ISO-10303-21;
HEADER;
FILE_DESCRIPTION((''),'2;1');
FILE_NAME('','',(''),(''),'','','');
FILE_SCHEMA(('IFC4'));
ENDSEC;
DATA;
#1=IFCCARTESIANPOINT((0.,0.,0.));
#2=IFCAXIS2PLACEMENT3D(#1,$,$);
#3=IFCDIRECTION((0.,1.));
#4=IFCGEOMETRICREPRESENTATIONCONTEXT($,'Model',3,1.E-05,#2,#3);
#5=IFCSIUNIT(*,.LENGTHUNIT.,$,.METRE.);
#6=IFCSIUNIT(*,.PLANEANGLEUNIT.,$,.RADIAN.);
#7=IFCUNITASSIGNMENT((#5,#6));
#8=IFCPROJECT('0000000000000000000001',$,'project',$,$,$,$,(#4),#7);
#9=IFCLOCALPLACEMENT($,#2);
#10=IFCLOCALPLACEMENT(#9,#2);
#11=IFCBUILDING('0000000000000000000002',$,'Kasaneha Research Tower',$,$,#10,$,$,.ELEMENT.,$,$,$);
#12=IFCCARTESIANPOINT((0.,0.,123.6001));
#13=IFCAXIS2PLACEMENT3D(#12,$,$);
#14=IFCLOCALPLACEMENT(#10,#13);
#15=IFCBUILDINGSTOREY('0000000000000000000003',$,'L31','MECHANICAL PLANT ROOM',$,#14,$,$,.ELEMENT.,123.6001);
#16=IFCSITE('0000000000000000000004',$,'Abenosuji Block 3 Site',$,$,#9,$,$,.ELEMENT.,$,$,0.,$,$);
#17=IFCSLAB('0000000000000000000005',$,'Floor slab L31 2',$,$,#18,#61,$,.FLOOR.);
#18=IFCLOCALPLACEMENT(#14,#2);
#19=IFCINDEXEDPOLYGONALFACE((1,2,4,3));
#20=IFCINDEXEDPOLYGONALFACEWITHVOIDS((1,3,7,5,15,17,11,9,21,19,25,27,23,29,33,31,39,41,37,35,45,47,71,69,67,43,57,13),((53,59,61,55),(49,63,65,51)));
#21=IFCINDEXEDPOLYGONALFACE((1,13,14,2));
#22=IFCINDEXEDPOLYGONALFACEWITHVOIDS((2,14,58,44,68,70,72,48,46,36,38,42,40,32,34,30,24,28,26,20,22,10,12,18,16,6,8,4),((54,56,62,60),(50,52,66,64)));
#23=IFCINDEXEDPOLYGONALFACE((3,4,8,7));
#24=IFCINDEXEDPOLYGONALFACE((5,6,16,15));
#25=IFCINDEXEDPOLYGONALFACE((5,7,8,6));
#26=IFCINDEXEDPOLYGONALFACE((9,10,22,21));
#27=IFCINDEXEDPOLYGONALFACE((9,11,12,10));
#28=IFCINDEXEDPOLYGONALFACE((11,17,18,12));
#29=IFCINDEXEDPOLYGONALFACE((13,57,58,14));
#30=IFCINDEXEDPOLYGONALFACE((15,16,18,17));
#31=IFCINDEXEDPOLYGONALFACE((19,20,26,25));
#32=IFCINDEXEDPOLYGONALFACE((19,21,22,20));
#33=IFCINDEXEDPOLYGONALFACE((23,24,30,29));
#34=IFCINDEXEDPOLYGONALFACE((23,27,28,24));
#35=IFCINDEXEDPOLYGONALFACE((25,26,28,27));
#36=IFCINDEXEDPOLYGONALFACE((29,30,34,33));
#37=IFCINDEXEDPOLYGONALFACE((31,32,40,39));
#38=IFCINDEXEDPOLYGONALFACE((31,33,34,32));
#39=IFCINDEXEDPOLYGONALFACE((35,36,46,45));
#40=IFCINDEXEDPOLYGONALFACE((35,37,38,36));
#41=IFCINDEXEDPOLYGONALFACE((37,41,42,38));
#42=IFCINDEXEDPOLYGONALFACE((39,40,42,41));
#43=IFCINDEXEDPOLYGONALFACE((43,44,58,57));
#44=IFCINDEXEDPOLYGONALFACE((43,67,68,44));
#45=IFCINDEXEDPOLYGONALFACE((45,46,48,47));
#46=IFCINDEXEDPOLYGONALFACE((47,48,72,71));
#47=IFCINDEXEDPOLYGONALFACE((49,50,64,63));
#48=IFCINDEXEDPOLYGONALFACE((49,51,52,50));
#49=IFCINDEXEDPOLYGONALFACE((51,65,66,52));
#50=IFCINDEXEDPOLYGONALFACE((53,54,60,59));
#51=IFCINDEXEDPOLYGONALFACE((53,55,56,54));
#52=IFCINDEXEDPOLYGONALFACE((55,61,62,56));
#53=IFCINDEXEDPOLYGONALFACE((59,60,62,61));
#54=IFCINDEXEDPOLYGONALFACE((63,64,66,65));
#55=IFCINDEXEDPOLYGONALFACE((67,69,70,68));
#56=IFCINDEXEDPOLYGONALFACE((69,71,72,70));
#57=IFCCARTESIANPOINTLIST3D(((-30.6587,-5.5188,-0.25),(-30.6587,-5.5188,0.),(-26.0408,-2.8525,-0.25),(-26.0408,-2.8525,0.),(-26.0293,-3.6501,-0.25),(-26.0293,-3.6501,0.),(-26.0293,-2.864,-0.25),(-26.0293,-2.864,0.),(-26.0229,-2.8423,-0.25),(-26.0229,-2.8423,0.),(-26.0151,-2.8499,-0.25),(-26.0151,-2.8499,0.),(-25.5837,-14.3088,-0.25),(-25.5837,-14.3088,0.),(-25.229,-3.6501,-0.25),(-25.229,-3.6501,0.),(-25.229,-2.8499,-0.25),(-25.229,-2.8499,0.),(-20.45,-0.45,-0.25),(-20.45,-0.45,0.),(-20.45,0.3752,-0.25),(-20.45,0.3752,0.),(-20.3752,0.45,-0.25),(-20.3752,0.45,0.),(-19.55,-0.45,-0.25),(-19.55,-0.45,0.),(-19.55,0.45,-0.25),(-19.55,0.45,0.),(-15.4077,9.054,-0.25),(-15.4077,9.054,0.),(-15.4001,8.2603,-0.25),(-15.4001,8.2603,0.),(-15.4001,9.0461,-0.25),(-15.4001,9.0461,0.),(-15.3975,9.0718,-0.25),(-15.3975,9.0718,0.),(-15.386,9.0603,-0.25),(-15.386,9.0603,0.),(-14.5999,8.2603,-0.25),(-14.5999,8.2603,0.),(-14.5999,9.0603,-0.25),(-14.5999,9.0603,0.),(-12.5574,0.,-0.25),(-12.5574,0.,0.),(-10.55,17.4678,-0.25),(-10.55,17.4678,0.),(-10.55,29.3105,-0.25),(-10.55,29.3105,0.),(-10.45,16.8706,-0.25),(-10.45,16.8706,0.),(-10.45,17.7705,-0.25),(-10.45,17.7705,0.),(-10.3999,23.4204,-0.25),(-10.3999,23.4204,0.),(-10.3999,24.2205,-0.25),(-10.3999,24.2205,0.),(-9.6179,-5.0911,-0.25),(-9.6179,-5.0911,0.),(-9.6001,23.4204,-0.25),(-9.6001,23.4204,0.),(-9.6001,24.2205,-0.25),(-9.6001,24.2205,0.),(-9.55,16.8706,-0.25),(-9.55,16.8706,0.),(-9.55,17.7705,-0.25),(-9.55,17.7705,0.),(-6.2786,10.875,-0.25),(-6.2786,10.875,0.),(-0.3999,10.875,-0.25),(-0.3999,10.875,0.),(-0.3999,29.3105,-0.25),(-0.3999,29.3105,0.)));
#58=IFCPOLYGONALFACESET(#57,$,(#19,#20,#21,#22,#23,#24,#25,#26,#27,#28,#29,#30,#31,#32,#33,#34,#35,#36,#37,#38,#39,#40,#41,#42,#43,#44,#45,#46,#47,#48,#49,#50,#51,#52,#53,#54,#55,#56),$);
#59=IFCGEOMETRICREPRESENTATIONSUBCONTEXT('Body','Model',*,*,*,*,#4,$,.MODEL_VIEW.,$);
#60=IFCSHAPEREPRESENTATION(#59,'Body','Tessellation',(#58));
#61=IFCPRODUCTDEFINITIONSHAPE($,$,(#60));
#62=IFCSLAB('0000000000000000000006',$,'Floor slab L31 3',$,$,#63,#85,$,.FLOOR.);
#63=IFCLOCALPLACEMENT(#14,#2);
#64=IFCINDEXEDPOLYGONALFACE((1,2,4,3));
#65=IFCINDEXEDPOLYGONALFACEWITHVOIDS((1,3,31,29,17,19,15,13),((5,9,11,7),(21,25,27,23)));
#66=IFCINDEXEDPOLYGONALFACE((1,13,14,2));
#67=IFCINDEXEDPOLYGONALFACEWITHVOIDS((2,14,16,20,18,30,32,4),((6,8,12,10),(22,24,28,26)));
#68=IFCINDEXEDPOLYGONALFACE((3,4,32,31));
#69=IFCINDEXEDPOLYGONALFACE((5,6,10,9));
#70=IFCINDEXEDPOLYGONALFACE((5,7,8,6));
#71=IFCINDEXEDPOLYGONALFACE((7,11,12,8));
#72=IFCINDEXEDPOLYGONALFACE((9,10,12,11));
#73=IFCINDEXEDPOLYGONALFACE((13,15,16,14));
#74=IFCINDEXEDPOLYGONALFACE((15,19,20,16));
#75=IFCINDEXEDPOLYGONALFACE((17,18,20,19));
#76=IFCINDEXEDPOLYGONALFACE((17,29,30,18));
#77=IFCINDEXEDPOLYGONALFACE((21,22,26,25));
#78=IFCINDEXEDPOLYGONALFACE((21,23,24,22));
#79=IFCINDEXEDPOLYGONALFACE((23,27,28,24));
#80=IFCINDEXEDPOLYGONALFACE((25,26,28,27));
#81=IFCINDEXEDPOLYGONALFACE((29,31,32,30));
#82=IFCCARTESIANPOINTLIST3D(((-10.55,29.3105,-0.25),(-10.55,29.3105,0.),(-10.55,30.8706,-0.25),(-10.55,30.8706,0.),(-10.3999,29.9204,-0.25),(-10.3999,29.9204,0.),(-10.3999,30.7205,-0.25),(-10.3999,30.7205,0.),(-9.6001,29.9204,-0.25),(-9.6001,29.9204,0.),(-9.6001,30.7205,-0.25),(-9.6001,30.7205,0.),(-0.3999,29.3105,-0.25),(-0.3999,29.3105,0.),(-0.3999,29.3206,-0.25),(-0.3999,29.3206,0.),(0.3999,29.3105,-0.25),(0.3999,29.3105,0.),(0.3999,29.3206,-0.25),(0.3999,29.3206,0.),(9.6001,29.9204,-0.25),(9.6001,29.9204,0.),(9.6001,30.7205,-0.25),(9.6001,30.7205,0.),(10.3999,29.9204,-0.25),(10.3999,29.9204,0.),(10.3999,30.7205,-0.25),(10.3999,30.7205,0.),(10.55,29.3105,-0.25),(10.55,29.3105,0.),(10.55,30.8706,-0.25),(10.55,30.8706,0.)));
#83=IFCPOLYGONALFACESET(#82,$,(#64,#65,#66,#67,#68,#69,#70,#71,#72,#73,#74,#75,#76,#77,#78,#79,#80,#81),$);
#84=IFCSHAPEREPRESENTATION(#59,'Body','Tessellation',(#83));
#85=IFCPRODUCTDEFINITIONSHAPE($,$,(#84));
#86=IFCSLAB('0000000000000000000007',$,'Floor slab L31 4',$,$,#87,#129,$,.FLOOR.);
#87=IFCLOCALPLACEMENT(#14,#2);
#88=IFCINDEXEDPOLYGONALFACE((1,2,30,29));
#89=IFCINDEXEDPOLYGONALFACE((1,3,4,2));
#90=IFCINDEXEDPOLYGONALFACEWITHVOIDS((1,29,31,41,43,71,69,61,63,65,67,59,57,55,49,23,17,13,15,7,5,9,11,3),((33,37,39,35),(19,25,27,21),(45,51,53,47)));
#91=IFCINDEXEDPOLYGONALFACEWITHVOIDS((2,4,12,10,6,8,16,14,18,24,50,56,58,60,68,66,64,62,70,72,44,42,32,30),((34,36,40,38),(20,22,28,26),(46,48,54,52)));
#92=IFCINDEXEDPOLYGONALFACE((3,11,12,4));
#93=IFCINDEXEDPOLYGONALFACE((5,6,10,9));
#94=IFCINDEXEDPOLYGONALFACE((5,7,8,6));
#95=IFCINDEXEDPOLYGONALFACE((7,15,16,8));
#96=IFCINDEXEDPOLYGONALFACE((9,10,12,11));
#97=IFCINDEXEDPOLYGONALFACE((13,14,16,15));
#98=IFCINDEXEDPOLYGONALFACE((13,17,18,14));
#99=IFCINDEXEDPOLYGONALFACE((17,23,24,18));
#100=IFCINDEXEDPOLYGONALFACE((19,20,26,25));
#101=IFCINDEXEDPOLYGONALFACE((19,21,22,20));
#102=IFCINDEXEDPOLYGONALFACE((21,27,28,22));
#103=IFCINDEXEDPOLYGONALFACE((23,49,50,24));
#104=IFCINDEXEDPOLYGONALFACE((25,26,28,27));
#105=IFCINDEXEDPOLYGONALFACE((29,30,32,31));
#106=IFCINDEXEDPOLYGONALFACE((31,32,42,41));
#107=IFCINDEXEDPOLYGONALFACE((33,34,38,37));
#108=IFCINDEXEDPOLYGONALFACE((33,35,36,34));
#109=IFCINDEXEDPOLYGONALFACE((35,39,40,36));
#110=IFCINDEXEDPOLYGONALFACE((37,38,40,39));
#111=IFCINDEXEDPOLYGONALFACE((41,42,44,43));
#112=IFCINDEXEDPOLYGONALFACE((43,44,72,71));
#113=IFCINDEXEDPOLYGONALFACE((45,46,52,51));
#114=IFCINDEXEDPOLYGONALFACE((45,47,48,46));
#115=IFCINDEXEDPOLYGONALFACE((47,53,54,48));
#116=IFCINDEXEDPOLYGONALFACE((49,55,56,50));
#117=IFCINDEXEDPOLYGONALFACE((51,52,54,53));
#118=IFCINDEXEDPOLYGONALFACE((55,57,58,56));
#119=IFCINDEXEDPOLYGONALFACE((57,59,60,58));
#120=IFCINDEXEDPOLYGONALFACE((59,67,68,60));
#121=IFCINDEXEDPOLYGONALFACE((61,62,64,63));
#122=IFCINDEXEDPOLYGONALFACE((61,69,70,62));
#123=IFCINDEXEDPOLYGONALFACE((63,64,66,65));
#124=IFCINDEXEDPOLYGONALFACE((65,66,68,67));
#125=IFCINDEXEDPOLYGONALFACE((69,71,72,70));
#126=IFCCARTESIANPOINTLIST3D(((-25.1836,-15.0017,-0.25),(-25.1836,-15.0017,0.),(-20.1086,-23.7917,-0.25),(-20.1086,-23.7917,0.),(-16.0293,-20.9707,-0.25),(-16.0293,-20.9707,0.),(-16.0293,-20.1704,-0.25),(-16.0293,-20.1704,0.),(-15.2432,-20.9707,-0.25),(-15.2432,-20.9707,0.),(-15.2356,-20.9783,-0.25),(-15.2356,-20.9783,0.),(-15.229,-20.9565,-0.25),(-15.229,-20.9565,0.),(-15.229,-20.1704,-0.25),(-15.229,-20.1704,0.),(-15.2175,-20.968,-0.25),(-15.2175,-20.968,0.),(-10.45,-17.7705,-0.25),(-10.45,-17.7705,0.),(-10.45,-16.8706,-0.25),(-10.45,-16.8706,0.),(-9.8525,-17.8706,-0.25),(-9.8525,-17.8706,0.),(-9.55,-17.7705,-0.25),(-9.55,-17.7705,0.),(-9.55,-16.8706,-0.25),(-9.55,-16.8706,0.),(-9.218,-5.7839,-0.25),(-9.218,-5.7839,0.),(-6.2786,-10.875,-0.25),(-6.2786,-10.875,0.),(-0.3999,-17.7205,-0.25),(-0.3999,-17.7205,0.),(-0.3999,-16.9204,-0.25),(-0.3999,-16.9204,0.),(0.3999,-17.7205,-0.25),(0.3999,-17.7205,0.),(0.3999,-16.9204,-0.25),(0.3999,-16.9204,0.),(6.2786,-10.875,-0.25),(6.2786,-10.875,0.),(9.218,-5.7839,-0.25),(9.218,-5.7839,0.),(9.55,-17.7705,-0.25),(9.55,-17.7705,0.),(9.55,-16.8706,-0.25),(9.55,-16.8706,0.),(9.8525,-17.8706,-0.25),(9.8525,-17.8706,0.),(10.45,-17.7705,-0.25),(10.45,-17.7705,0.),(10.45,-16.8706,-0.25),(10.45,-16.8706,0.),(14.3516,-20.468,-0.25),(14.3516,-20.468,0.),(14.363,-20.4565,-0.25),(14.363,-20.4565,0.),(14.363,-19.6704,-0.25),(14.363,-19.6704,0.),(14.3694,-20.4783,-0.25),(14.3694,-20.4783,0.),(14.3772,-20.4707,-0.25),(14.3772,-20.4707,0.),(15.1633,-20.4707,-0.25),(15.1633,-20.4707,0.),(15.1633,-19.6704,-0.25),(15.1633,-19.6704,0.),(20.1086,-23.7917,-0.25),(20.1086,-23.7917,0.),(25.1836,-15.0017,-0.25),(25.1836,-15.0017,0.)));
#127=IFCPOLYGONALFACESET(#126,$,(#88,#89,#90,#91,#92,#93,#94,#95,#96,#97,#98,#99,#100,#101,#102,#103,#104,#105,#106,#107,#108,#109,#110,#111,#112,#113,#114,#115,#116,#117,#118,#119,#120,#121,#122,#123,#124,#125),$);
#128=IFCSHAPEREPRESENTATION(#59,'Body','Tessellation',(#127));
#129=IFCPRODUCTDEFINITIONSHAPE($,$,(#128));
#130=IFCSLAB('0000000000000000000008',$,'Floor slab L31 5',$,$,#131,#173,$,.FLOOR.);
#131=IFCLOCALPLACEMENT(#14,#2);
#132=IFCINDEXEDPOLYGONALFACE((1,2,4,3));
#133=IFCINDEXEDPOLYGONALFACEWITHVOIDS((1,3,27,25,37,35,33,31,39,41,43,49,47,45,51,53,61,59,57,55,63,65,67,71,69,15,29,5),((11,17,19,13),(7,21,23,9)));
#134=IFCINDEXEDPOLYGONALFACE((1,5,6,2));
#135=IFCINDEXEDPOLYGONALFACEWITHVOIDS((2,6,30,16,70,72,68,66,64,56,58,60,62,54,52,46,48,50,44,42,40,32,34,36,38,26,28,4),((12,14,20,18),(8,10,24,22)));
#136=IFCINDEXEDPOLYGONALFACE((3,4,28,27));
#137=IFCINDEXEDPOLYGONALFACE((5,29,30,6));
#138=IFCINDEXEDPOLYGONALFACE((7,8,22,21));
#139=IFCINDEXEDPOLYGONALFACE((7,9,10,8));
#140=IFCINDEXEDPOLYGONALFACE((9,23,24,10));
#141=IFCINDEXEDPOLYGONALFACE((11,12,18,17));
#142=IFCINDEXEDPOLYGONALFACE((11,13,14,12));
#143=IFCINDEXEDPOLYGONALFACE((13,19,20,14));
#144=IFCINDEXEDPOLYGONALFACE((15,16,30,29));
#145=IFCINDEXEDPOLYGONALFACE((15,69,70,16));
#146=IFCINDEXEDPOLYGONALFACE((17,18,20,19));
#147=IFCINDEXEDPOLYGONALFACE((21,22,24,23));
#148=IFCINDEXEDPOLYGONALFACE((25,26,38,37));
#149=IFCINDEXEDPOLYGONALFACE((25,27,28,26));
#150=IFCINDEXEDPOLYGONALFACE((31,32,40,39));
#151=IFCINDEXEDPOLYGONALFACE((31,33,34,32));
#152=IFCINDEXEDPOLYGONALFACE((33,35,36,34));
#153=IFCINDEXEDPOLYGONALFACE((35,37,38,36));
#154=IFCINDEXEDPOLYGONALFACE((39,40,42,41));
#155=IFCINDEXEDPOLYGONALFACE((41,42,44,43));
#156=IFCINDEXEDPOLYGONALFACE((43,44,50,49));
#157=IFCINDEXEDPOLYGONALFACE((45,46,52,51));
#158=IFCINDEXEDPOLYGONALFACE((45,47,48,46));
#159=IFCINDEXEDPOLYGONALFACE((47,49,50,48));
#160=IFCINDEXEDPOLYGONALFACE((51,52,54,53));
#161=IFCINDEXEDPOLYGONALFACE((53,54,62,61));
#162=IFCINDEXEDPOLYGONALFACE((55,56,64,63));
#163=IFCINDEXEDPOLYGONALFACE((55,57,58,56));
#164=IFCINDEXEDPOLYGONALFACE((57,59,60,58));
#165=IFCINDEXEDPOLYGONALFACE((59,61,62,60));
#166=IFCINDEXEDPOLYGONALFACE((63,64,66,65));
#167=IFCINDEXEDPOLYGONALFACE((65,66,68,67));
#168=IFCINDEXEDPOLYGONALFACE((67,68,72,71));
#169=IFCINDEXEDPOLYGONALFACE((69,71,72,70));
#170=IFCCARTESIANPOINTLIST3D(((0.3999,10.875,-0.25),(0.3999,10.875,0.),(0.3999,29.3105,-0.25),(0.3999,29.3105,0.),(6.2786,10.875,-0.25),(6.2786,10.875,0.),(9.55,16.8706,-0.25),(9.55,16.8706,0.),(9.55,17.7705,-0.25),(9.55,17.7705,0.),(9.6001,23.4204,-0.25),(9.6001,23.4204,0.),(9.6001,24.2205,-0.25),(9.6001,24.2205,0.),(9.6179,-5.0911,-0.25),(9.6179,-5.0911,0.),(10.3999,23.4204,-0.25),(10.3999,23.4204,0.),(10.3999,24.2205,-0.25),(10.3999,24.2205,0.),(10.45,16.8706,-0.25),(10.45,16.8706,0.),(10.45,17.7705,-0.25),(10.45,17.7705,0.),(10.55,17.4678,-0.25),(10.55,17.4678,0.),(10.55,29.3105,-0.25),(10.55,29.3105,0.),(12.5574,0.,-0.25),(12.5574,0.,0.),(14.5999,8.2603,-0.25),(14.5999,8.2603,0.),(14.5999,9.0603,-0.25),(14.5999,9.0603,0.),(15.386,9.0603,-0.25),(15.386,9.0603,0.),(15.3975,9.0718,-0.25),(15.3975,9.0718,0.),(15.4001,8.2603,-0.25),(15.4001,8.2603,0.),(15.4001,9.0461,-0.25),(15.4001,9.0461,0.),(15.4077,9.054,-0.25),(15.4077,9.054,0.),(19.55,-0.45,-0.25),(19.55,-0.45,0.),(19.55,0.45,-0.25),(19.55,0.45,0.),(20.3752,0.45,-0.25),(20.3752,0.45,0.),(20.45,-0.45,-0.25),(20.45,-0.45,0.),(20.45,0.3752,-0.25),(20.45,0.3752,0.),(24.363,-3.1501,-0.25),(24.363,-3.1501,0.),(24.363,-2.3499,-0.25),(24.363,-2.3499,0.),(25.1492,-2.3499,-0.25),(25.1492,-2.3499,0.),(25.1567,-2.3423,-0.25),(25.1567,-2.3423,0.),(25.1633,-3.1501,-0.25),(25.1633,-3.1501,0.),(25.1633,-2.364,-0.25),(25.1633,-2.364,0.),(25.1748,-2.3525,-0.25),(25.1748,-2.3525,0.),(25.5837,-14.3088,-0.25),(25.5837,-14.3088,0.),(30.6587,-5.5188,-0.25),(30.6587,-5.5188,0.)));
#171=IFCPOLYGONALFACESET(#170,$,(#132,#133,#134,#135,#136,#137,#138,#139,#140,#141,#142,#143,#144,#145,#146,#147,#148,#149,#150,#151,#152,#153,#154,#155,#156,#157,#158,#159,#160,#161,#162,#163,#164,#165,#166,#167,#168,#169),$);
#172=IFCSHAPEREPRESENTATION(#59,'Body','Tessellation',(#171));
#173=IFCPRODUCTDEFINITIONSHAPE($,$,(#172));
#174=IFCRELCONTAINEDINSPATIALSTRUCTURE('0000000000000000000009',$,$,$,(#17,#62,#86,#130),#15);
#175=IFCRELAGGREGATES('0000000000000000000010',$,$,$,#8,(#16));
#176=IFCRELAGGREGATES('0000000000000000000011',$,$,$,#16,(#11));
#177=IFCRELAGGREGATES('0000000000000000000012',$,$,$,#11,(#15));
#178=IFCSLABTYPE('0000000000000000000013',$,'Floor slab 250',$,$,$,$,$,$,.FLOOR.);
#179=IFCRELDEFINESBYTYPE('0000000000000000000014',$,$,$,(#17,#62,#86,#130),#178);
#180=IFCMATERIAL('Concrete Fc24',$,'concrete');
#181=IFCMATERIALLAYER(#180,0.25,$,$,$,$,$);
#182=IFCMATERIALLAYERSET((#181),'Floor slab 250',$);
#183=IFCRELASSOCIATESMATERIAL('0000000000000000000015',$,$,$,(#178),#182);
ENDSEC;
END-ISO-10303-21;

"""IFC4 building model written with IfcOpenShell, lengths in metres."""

from ifc_helpers import new_model, si_unit, direction, frame, origin, place, context, subcontext, project, spatial, polyline, outline, extrude, material, layer, layer_set, type_object, element, save


model = new_model("IFC4")

# Units and contexts
model_context = context("Model", 3, precision=1e-05, world=origin(), true_north=direction((0.0, 1.0)))
body_context = subcontext(model_context, "Body", "Model", "MODEL_VIEW")
ifc_project = project(units=[si_unit("LENGTHUNIT", "METRE"), si_unit("PLANEANGLEUNIT", "RADIAN")], contexts=[model_context])

# Site, building, storey
site_placement = place(None, origin())
site = spatial("IfcSite", under=ifc_project, at=site_placement, Name="Abenosuji Block 3 Site", CompositionType="ELEMENT", RefElevation=0.0)
building_placement = place(site_placement, origin())
building = spatial("IfcBuilding", under=site, at=building_placement, Name="Kasaneha Research Tower", CompositionType="ELEMENT")
storey_placement = place(building_placement, frame((0.0, 0.0, 123.6001)))
storey = spatial("IfcBuildingStorey", under=building, at=storey_placement, Name="L31", Description="MECHANICAL PLANT ROOM", CompositionType="ELEMENT", Elevation=123.6001)

# Slabs
ifc_material_1 = material(Name="Concrete Fc24", Category="concrete")
ifc_layer_1 = layer(ifc_material_1, 0.25)
ifc_layer_set_1 = layer_set([ifc_layer_1], Name="Floor slab 250")
slab_type_1 = type_object("IfcSlabType", Name="Floor slab 250", PredefinedType="FLOOR", material=ifc_layer_set_1)
slab_1_placement = place(storey_placement, frame((0.0, 0.0, -0.25)))
element("IfcSlab", 1, at=slab_1_placement, inside=storey, type_object=slab_type_1, Name="Floor slab L31 2", PredefinedType="FLOOR", context=body_context, shape_type="SweptSolid", body=[
    extrude(outline(polyline([(-20.3752, 0.45), (-15.4077, 9.054), (-15.4001, 9.0461), (-15.4001, 8.2603), (-14.5999, 8.2603), (-14.5999, 9.0603), (-15.386, 9.0603), (-15.3975, 9.0718), (-10.55, 17.4678), (-10.55, 29.3105), (-0.3999, 29.3105), (-0.3999, 10.875), (-6.2786, 10.875), (-12.5574, 0.0), (-9.6179, -5.0911), (-25.5837, -14.3088), (-30.6587, -5.5188), (-26.0408, -2.8525), (-26.0293, -2.864), (-26.0293, -3.6501), (-25.229, -3.6501), (-25.229, -2.8499), (-26.0151, -2.8499), (-26.0229, -2.8423), (-20.45, 0.3752), (-20.45, -0.45), (-19.55, -0.45), (-19.55, 0.45), (-20.3752, 0.45)]), holes=[polyline([(-9.55, 17.7705), (-10.45, 17.7705), (-10.45, 16.8706), (-9.55, 16.8706), (-9.55, 17.7705)]), polyline([(-9.6001, 23.4204), (-9.6001, 24.2205), (-10.3999, 24.2205), (-10.3999, 23.4204), (-9.6001, 23.4204)])]), origin(), (0.0, 0.0, 1.0), 0.25),
])
slab_2_placement = place(storey_placement, frame((0.0, 0.0, -0.25)))
element("IfcSlab", 2, at=slab_2_placement, inside=storey, type_object=slab_type_1, Name="Floor slab L31 3", PredefinedType="FLOOR", context=body_context, shape_type="SweptSolid", body=[
    extrude(outline(polyline([(10.55, 29.3105), (0.3999, 29.3105), (0.3999, 29.3206), (-0.3999, 29.3206), (-0.3999, 29.3105), (-10.55, 29.3105), (-10.55, 30.8706), (10.55, 30.8706), (10.55, 29.3105)]), holes=[polyline([(-9.6001, 30.7205), (-10.3999, 30.7205), (-10.3999, 29.9204), (-9.6001, 29.9204), (-9.6001, 30.7205)]), polyline([(10.3999, 29.9204), (10.3999, 30.7205), (9.6001, 30.7205), (9.6001, 29.9204), (10.3999, 29.9204)])]), origin(), (0.0, 0.0, 1.0), 0.25),
])
slab_3_placement = place(storey_placement, frame((0.0, 0.0, -0.25)))
element("IfcSlab", 3, at=slab_3_placement, inside=storey, type_object=slab_type_1, Name="Floor slab L31 4", PredefinedType="FLOOR", context=body_context, shape_type="SweptSolid", body=[
    extrude(outline(polyline([(-6.2786, -10.875), (6.2786, -10.875), (9.218, -5.7839), (25.1836, -15.0017), (20.1086, -23.7917), (14.3694, -20.4783), (14.3772, -20.4707), (15.1633, -20.4707), (15.1633, -19.6704), (14.363, -19.6704), (14.363, -20.4565), (14.3516, -20.468), (9.8525, -17.8706), (-9.8525, -17.8706), (-15.2175, -20.968), (-15.229, -20.9565), (-15.229, -20.1704), (-16.0293, -20.1704), (-16.0293, -20.9707), (-15.2432, -20.9707), (-15.2356, -20.9783), (-20.1086, -23.7917), (-25.1836, -15.0017), (-9.218, -5.7839), (-6.2786, -10.875)]), holes=[polyline([(0.3999, -17.7205), (0.3999, -16.9204), (-0.3999, -16.9204), (-0.3999, -17.7205), (0.3999, -17.7205)]), polyline([(-9.55, -16.8706), (-10.45, -16.8706), (-10.45, -17.7705), (-9.55, -17.7705), (-9.55, -16.8706)]), polyline([(10.45, -16.8706), (9.55, -16.8706), (9.55, -17.7705), (10.45, -17.7705), (10.45, -16.8706)])]), origin(), (0.0, 0.0, 1.0), 0.25),
])
slab_4_placement = place(storey_placement, frame((0.0, 0.0, -0.25)))
element("IfcSlab", 4, at=slab_4_placement, inside=storey, type_object=slab_type_1, Name="Floor slab L31 5", PredefinedType="FLOOR", context=body_context, shape_type="SweptSolid", body=[
    extrude(outline(polyline([(9.6179, -5.0911), (12.5574, 0.0), (6.2786, 10.875), (0.3999, 10.875), (0.3999, 29.3105), (10.55, 29.3105), (10.55, 17.4678), (15.3975, 9.0718), (15.386, 9.0603), (14.5999, 9.0603), (14.5999, 8.2603), (15.4001, 8.2603), (15.4001, 9.0461), (15.4077, 9.054), (20.3752, 0.45), (19.55, 0.45), (19.55, -0.45), (20.45, -0.45), (20.45, 0.3752), (25.1567, -2.3423), (25.1492, -2.3499), (24.363, -2.3499), (24.363, -3.1501), (25.1633, -3.1501), (25.1633, -2.364), (25.1748, -2.3525), (30.6587, -5.5188), (25.5837, -14.3088), (9.6179, -5.0911)]), holes=[polyline([(10.45, 16.8706), (10.45, 17.7705), (9.55, 17.7705), (9.55, 16.8706), (10.45, 16.8706)]), polyline([(10.3999, 23.4204), (10.3999, 24.2205), (9.6001, 24.2205), (9.6001, 23.4204), (10.3999, 23.4204)])]), origin(), (0.0, 0.0, 1.0), 0.25),
])

save(model, "model.ifc")
